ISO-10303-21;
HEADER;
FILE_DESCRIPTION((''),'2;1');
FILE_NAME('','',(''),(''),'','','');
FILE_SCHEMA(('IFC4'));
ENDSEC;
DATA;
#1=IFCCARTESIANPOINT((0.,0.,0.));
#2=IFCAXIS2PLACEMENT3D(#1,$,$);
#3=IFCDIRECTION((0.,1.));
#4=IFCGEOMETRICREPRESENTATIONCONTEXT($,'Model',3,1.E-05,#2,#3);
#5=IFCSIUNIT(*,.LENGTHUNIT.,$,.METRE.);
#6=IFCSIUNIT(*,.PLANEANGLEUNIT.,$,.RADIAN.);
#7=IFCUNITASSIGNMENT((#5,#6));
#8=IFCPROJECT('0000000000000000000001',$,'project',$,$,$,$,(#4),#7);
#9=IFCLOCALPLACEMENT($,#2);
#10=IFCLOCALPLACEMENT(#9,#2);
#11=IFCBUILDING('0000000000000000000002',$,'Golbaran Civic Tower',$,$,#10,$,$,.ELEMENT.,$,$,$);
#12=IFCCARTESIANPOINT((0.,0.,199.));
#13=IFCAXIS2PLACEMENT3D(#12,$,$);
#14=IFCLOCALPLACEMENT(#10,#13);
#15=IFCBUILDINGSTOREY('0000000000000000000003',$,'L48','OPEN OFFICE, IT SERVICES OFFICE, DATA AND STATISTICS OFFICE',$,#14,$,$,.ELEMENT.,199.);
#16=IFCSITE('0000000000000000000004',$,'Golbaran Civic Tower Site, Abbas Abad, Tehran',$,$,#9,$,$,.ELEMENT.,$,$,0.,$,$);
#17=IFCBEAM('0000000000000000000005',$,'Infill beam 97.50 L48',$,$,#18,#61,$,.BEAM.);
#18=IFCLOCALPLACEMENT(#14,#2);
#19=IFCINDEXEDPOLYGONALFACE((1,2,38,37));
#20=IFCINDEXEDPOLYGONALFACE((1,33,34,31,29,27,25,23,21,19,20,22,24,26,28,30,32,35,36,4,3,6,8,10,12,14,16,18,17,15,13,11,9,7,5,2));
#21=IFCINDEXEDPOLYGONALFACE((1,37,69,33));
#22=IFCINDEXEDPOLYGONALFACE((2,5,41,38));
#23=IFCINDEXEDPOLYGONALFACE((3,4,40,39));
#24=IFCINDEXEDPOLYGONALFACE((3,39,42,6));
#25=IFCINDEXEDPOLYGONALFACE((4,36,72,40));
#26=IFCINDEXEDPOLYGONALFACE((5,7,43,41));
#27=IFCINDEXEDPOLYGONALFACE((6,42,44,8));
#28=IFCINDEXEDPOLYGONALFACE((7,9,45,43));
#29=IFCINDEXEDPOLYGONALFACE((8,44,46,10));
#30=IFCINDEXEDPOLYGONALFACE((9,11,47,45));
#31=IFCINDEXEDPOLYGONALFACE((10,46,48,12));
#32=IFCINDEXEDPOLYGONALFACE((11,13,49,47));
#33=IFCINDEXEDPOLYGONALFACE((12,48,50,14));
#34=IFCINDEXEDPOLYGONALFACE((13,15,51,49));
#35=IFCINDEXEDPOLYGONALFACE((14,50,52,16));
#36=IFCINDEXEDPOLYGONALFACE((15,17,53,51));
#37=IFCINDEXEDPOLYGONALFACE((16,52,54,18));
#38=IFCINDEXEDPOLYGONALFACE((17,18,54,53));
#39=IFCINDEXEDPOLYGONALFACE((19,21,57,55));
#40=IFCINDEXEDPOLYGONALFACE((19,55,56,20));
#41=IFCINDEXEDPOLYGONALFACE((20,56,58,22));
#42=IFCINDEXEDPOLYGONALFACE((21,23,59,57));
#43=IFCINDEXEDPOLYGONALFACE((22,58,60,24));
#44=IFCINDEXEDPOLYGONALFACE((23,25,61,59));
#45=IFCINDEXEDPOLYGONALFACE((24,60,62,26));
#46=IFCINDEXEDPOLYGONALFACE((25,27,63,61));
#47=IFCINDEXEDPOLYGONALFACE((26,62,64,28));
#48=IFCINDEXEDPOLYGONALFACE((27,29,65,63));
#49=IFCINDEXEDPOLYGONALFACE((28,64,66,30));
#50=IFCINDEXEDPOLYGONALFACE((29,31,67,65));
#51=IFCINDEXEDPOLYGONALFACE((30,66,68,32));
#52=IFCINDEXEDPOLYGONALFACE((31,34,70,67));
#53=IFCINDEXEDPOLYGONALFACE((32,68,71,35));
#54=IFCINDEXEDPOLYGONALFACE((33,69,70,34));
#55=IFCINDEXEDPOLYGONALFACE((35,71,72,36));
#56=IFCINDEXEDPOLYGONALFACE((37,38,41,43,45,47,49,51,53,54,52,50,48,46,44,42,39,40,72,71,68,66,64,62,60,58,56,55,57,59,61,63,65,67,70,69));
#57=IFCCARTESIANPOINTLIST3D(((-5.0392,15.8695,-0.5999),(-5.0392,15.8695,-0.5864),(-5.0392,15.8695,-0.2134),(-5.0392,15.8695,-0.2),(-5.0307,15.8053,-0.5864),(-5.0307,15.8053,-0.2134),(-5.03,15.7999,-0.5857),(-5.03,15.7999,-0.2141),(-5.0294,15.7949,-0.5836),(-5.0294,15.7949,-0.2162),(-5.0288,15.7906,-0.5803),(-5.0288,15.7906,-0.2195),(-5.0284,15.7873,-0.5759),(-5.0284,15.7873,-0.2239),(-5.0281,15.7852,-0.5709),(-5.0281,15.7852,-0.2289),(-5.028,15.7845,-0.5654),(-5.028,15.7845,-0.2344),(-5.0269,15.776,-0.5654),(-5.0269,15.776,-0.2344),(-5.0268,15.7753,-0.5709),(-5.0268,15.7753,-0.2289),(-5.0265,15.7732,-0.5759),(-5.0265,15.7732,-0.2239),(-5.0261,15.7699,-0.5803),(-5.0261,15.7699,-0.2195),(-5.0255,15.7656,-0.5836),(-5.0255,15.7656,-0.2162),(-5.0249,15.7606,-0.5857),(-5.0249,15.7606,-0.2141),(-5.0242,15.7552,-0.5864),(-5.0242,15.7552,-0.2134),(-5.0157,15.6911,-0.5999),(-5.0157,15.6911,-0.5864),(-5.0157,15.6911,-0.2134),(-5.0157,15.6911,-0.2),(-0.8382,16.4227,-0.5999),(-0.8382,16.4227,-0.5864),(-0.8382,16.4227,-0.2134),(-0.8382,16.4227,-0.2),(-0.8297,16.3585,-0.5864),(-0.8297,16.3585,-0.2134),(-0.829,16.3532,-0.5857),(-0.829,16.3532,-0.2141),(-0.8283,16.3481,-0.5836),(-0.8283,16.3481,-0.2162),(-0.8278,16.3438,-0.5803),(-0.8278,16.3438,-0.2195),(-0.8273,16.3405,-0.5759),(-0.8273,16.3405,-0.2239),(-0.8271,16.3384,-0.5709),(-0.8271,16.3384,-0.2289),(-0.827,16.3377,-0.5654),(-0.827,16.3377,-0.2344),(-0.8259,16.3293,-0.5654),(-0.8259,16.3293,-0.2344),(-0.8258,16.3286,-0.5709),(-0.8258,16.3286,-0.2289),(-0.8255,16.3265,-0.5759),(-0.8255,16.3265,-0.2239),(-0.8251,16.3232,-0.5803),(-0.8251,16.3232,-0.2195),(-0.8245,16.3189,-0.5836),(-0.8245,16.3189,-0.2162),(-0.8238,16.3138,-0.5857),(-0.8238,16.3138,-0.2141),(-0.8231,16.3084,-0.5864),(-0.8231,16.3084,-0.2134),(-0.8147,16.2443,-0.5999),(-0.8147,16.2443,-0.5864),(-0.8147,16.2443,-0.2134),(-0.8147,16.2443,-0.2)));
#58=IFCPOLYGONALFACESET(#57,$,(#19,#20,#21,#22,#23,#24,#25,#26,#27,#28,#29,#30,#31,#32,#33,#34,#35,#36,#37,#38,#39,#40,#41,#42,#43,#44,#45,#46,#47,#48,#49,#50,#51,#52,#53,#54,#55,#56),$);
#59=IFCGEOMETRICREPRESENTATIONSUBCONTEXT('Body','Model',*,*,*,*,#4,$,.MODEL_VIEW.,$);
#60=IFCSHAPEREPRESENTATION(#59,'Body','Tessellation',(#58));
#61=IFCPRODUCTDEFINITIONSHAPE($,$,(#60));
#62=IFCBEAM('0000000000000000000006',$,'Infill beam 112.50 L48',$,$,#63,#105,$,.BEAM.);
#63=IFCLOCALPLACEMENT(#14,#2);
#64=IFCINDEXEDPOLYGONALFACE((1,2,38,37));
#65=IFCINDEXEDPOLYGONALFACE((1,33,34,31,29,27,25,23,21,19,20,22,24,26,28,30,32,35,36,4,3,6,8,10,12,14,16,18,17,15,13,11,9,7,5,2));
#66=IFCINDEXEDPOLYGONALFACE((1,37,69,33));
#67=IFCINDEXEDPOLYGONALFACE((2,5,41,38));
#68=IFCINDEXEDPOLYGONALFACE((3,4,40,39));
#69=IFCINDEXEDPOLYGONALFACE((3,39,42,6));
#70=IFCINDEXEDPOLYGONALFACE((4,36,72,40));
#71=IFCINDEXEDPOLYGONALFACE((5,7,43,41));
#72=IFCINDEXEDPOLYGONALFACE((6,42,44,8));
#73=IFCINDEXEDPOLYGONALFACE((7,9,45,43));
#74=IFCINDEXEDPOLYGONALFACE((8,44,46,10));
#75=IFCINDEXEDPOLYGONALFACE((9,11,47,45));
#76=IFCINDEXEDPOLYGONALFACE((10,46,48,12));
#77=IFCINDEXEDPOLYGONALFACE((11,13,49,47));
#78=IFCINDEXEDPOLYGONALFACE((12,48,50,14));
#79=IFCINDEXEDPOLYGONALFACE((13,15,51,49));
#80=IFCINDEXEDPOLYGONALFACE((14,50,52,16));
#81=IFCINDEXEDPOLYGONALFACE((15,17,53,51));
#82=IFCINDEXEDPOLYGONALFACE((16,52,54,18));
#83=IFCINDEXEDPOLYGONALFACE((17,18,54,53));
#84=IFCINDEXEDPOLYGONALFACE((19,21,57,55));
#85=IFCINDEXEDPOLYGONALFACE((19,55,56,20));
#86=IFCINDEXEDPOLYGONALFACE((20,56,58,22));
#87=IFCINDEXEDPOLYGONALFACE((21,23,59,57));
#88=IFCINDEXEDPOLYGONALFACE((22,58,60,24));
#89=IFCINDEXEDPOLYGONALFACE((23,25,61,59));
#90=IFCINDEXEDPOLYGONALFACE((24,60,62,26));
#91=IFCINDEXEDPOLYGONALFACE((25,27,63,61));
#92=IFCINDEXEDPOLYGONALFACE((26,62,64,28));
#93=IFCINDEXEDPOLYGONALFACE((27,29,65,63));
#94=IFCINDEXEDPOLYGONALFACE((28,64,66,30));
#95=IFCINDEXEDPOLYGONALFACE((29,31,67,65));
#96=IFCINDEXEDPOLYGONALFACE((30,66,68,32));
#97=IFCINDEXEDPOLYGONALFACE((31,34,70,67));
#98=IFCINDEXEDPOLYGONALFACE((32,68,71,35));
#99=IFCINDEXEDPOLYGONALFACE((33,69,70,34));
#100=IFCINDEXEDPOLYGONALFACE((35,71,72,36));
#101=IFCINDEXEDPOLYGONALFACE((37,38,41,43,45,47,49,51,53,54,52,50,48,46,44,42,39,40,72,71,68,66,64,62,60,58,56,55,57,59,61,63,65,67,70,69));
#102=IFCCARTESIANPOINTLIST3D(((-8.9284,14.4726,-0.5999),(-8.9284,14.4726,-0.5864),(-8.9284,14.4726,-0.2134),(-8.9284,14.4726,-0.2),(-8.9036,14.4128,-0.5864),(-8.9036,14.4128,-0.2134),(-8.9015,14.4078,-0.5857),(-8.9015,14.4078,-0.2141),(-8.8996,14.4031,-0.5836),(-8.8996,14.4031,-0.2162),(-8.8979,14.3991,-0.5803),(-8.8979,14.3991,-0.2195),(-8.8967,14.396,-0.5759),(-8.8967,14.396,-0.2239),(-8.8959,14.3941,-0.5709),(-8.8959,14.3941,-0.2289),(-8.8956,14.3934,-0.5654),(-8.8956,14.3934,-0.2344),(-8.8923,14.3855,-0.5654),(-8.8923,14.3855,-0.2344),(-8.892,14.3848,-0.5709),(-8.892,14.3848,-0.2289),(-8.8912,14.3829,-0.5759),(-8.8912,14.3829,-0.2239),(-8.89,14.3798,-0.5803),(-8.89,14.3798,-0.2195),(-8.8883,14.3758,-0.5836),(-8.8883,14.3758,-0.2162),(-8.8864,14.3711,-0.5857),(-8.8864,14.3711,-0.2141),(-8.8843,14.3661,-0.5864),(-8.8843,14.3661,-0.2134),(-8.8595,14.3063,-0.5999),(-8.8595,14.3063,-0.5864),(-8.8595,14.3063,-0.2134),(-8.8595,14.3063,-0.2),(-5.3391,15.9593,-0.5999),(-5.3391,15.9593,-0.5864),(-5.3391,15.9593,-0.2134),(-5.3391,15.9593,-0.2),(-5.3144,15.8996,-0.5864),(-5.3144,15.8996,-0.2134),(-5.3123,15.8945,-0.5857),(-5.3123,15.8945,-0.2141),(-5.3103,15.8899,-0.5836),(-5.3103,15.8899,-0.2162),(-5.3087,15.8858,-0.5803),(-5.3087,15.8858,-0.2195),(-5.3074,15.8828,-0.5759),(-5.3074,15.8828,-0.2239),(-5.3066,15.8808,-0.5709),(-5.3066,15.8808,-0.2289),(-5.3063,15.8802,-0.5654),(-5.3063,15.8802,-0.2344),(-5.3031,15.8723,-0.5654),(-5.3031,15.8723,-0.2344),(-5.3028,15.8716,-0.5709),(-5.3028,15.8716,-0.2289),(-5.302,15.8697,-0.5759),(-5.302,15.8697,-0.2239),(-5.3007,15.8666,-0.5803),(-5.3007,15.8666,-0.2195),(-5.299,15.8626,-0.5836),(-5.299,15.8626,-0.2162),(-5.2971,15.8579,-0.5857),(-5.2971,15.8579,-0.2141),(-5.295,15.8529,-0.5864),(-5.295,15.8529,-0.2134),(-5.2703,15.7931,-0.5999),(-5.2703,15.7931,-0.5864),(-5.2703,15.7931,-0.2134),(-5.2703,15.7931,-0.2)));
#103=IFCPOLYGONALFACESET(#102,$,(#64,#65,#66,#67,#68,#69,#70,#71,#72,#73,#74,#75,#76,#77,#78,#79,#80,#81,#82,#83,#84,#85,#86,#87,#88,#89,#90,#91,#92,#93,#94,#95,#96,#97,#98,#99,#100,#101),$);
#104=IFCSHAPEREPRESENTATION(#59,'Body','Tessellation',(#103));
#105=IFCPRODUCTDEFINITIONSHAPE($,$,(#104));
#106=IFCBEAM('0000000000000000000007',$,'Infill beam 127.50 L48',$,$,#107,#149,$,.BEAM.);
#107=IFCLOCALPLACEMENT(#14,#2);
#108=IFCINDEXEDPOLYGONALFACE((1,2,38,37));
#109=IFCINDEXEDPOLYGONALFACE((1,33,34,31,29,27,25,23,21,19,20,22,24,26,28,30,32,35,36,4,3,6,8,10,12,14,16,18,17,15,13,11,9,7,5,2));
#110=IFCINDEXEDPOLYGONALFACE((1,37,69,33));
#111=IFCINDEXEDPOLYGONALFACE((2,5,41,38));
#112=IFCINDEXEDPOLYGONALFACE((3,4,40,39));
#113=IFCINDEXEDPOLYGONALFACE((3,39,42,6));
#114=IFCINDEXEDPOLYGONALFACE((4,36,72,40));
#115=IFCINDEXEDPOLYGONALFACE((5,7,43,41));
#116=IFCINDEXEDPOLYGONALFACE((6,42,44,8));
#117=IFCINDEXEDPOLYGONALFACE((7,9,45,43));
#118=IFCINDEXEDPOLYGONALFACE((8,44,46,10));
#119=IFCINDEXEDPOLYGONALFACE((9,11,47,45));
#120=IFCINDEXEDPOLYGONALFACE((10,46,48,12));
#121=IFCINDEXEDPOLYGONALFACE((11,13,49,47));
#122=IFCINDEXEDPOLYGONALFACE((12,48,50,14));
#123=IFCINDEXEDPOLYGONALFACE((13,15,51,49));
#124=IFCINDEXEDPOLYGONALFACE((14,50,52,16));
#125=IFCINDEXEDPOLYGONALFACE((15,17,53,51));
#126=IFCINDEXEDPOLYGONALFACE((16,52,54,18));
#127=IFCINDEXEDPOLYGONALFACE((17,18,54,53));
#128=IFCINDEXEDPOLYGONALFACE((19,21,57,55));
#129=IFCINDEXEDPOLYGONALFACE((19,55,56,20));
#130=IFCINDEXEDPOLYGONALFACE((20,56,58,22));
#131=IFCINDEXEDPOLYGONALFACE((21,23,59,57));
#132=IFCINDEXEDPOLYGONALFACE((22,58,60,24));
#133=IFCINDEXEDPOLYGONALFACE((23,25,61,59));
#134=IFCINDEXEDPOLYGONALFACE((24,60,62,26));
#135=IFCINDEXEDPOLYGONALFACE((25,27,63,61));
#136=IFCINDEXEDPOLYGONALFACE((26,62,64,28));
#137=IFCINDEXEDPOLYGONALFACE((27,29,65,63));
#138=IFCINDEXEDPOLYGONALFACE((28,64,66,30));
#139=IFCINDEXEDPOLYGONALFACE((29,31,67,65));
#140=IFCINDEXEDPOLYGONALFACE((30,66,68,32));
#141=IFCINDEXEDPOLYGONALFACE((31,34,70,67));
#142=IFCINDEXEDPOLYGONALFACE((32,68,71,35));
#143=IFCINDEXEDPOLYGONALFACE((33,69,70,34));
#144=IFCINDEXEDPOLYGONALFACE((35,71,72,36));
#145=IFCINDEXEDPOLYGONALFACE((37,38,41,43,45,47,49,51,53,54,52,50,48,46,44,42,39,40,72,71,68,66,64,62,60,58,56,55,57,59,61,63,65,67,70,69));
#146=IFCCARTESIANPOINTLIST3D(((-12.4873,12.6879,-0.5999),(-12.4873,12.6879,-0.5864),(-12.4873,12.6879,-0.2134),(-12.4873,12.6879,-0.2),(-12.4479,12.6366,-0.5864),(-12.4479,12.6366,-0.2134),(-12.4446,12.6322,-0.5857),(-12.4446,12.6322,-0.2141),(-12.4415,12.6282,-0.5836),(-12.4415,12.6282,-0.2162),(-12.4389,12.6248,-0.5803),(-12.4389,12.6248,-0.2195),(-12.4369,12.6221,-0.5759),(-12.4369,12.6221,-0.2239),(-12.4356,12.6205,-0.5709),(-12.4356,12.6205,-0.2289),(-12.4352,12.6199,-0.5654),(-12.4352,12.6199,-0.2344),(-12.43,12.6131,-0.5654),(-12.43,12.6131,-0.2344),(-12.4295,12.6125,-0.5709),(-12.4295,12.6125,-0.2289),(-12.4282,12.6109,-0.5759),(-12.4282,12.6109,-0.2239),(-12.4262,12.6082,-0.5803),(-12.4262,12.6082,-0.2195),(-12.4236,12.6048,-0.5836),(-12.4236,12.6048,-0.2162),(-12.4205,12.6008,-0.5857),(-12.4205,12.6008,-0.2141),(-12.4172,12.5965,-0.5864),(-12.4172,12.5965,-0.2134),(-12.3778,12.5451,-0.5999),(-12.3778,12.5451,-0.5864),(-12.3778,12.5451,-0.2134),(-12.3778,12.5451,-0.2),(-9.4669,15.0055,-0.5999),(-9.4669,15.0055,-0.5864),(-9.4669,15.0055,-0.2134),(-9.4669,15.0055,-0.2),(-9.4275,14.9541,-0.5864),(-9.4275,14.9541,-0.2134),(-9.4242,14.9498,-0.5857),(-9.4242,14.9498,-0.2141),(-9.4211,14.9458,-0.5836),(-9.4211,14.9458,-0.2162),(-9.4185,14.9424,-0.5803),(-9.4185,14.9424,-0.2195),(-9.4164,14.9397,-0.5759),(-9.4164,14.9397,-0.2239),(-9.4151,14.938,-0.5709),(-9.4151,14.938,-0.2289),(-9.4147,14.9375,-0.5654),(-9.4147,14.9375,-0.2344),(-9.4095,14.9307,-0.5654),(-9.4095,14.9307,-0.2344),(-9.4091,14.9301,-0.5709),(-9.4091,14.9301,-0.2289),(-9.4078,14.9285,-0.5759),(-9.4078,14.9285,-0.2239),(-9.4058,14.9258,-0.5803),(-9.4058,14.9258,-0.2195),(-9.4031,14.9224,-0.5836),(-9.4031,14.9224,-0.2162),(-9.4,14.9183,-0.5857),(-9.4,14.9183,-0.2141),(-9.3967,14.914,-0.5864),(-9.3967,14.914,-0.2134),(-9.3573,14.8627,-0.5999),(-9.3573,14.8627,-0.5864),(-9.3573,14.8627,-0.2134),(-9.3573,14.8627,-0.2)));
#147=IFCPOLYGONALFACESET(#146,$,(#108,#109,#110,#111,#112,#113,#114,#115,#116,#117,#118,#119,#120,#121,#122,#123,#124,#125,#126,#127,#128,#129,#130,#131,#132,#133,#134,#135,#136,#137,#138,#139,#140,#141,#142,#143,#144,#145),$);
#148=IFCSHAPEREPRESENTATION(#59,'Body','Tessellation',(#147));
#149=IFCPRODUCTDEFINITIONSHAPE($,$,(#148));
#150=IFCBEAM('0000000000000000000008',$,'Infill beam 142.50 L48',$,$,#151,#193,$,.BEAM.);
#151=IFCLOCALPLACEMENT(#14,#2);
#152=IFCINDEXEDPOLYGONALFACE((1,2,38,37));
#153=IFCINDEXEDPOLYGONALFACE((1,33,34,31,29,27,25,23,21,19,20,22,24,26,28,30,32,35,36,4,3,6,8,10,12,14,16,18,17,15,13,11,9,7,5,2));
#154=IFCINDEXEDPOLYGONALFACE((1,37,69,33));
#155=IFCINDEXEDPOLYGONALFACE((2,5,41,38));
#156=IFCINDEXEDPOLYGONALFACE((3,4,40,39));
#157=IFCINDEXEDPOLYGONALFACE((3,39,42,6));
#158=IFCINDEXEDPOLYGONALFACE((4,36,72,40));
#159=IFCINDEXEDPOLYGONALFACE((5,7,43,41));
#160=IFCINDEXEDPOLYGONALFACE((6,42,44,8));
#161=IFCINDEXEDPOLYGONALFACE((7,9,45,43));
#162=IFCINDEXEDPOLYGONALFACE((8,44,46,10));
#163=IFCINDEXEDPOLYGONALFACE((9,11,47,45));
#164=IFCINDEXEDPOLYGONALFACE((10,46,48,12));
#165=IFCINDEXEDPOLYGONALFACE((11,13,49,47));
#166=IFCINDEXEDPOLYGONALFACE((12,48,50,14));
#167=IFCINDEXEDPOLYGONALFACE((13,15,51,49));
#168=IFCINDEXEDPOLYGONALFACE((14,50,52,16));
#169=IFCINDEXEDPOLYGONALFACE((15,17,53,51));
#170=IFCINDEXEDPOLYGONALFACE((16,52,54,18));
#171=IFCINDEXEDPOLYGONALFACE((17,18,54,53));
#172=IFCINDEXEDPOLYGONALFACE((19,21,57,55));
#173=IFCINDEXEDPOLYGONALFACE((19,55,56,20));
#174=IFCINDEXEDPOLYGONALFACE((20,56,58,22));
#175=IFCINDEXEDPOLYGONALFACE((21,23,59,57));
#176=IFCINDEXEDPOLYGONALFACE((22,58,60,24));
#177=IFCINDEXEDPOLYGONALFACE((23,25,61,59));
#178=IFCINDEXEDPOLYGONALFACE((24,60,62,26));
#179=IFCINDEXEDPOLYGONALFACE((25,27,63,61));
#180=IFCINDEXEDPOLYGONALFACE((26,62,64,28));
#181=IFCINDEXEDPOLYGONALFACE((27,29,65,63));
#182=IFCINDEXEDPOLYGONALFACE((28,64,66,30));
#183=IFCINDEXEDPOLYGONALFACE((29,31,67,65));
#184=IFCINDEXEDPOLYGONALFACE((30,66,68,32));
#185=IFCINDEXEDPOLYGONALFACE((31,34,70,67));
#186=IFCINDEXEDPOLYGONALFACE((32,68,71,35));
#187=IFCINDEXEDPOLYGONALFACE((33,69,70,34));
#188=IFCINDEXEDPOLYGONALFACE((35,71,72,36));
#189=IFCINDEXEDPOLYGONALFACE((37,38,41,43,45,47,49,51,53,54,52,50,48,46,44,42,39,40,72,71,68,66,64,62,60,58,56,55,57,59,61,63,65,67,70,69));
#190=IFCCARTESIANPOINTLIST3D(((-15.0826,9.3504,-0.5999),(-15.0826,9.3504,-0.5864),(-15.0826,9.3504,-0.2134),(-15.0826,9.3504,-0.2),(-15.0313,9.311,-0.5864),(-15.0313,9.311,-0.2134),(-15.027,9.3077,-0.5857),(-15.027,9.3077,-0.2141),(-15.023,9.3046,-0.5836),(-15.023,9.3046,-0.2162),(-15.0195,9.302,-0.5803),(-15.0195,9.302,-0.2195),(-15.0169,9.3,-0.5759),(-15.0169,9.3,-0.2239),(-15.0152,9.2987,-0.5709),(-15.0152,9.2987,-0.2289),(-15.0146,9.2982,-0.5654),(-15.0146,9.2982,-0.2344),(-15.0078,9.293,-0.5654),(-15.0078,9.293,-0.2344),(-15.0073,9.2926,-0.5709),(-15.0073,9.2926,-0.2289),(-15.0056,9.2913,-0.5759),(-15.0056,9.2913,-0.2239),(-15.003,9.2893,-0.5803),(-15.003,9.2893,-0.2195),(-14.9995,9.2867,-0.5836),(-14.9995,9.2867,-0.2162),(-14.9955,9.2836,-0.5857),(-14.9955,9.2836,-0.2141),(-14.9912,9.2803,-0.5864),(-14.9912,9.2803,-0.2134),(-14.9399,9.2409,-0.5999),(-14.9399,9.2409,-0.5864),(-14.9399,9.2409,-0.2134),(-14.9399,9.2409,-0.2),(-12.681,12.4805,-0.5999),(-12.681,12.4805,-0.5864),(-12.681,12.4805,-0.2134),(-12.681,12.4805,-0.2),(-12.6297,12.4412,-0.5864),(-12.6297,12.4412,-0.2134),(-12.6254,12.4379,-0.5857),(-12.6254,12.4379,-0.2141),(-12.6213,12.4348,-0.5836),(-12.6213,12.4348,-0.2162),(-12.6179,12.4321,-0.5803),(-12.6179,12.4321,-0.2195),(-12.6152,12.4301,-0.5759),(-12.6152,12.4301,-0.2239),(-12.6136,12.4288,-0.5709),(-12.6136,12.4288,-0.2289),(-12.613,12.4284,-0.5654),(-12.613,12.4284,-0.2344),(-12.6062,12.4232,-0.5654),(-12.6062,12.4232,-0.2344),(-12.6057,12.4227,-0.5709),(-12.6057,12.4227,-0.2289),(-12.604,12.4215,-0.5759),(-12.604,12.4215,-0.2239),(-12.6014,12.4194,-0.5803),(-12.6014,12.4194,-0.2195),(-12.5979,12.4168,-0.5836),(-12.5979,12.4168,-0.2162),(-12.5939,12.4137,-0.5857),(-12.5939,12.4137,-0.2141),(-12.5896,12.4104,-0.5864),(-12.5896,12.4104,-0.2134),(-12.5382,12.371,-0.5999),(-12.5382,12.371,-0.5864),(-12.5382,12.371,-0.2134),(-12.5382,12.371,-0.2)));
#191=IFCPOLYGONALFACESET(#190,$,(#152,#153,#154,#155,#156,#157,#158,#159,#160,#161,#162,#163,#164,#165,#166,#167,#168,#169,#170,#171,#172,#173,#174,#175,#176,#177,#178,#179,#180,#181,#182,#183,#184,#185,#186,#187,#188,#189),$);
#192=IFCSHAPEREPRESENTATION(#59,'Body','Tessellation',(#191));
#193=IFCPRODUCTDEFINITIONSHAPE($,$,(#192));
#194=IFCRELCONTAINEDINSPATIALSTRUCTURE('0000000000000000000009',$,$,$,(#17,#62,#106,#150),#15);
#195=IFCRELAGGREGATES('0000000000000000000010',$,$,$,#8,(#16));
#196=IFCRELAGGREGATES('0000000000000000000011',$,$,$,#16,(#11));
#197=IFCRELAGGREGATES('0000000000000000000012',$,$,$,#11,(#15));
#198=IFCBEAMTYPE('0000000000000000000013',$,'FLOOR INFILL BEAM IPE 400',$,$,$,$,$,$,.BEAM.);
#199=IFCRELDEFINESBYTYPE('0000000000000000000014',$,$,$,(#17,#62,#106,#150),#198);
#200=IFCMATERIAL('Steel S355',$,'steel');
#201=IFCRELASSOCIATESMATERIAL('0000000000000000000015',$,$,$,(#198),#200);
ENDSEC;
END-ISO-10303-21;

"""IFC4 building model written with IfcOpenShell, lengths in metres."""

from ifc_helpers import new_model, si_unit, direction, frame, origin, origin_2d, place, context, subcontext, project, spatial, i_section, extrude, material, material_profile, profile_set, type_object, element, save


model = new_model("IFC4")

# Units and contexts
model_context = context("Model", 3, precision=1e-05, world=origin(), true_north=direction((0.0, 1.0)))
body_context = subcontext(model_context, "Body", "Model", "MODEL_VIEW")
ifc_project = project(units=[si_unit("LENGTHUNIT", "METRE"), si_unit("PLANEANGLEUNIT", "RADIAN")], contexts=[model_context])

# Site, building, storey
site_placement = place(None, origin())
site = spatial("IfcSite", under=ifc_project, at=site_placement, Name="Golbaran Civic Tower Site, Abbas Abad, Tehran", CompositionType="ELEMENT", RefElevation=0.0)
building_placement = place(site_placement, origin())
building = spatial("IfcBuilding", under=site, at=building_placement, Name="Golbaran Civic Tower", CompositionType="ELEMENT")
storey_placement = place(building_placement, frame((0.0, 0.0, 199.0)))
storey = spatial("IfcBuildingStorey", under=building, at=storey_placement, Name="L48", Description="OPEN OFFICE, IT SERVICES OFFICE, DATA AND STATISTICS OFFICE", CompositionType="ELEMENT", Elevation=199.0)

# Beams
ifc_material_1 = material(Name="Steel S355", Category="steel")
ifc_material_profile_1 = material_profile(ifc_material_1, i_section(OverallWidth=0.1799, OverallDepth=0.3999, WebThickness=0.0085, FlangeThickness=0.0134, FilletRadius=0.021, at=origin_2d()), Name="IPE 400")
ifc_profile_set_1 = profile_set([ifc_material_profile_1], Name="Steel S355")
beam_type_1 = type_object("IfcBeamType", Name="FLOOR INFILL BEAM IPE 400", PredefinedType="BEAM", material=ifc_profile_set_1)
beam_1_placement = place(storey_placement, frame((-0.8264, 16.3335, -0.3999), z_axis=(-0.99144, -0.130563, 0.0), x_axis=(0.130563, -0.99144, 0.0)))
element("IfcBeam", 1, at=beam_1_placement, inside=storey, type_object=beam_type_1, Name="Infill beam 97.50 L48", PredefinedType="BEAM", context=body_context, shape_type="SweptSolid", body=[
    extrude(i_section(OverallWidth=0.1799, OverallDepth=0.3999, WebThickness=0.0085, FlangeThickness=0.0134, FilletRadius=0.021, at=origin_2d()), origin(), (0.0, 0.0, 1.0), 4.2373),
])
beam_2_placement = place(storey_placement, frame((-5.3047, 15.8762, -0.3999), z_axis=(-0.923874, -0.382696, 0.0), x_axis=(0.382696, -0.923874, 0.0)))
element("IfcBeam", 2, at=beam_2_placement, inside=storey, type_object=beam_type_1, Name="Infill beam 112.50 L48", PredefinedType="BEAM", context=body_context, shape_type="SweptSolid", body=[
    extrude(i_section(OverallWidth=0.1799, OverallDepth=0.3999, WebThickness=0.0085, FlangeThickness=0.0134, FilletRadius=0.021, at=origin_2d()), origin(), (0.0, 0.0, 1.0), 3.885),
])
beam_3_placement = place(storey_placement, frame((-9.4121, 14.9341, -0.3999), z_axis=(-0.793365, -0.608747, 0.0), x_axis=(0.608747, -0.793365, 0.0)))
element("IfcBeam", 3, at=beam_3_placement, inside=storey, type_object=beam_type_1, Name="Infill beam 127.50 L48", PredefinedType="BEAM", context=body_context, shape_type="SweptSolid", body=[
    extrude(i_section(OverallWidth=0.1799, OverallDepth=0.3999, WebThickness=0.0085, FlangeThickness=0.0134, FilletRadius=0.021, at=origin_2d()), origin(), (0.0, 0.0, 1.0), 3.8071),
])
beam_4_placement = place(storey_placement, frame((-12.6096, 12.4258, -0.3999), z_axis=(-0.608726, -0.79338, 0.0), x_axis=(0.79338, -0.608726, 0.0)))
element("IfcBeam", 4, at=beam_4_placement, inside=storey, type_object=beam_type_1, Name="Infill beam 142.50 L48", PredefinedType="BEAM", context=body_context, shape_type="SweptSolid", body=[
    extrude(i_section(OverallWidth=0.1799, OverallDepth=0.3999, WebThickness=0.0085, FlangeThickness=0.0134, FilletRadius=0.021, at=origin_2d()), origin(), (0.0, 0.0, 1.0), 3.9453),
])

save(model, "model.ifc")
